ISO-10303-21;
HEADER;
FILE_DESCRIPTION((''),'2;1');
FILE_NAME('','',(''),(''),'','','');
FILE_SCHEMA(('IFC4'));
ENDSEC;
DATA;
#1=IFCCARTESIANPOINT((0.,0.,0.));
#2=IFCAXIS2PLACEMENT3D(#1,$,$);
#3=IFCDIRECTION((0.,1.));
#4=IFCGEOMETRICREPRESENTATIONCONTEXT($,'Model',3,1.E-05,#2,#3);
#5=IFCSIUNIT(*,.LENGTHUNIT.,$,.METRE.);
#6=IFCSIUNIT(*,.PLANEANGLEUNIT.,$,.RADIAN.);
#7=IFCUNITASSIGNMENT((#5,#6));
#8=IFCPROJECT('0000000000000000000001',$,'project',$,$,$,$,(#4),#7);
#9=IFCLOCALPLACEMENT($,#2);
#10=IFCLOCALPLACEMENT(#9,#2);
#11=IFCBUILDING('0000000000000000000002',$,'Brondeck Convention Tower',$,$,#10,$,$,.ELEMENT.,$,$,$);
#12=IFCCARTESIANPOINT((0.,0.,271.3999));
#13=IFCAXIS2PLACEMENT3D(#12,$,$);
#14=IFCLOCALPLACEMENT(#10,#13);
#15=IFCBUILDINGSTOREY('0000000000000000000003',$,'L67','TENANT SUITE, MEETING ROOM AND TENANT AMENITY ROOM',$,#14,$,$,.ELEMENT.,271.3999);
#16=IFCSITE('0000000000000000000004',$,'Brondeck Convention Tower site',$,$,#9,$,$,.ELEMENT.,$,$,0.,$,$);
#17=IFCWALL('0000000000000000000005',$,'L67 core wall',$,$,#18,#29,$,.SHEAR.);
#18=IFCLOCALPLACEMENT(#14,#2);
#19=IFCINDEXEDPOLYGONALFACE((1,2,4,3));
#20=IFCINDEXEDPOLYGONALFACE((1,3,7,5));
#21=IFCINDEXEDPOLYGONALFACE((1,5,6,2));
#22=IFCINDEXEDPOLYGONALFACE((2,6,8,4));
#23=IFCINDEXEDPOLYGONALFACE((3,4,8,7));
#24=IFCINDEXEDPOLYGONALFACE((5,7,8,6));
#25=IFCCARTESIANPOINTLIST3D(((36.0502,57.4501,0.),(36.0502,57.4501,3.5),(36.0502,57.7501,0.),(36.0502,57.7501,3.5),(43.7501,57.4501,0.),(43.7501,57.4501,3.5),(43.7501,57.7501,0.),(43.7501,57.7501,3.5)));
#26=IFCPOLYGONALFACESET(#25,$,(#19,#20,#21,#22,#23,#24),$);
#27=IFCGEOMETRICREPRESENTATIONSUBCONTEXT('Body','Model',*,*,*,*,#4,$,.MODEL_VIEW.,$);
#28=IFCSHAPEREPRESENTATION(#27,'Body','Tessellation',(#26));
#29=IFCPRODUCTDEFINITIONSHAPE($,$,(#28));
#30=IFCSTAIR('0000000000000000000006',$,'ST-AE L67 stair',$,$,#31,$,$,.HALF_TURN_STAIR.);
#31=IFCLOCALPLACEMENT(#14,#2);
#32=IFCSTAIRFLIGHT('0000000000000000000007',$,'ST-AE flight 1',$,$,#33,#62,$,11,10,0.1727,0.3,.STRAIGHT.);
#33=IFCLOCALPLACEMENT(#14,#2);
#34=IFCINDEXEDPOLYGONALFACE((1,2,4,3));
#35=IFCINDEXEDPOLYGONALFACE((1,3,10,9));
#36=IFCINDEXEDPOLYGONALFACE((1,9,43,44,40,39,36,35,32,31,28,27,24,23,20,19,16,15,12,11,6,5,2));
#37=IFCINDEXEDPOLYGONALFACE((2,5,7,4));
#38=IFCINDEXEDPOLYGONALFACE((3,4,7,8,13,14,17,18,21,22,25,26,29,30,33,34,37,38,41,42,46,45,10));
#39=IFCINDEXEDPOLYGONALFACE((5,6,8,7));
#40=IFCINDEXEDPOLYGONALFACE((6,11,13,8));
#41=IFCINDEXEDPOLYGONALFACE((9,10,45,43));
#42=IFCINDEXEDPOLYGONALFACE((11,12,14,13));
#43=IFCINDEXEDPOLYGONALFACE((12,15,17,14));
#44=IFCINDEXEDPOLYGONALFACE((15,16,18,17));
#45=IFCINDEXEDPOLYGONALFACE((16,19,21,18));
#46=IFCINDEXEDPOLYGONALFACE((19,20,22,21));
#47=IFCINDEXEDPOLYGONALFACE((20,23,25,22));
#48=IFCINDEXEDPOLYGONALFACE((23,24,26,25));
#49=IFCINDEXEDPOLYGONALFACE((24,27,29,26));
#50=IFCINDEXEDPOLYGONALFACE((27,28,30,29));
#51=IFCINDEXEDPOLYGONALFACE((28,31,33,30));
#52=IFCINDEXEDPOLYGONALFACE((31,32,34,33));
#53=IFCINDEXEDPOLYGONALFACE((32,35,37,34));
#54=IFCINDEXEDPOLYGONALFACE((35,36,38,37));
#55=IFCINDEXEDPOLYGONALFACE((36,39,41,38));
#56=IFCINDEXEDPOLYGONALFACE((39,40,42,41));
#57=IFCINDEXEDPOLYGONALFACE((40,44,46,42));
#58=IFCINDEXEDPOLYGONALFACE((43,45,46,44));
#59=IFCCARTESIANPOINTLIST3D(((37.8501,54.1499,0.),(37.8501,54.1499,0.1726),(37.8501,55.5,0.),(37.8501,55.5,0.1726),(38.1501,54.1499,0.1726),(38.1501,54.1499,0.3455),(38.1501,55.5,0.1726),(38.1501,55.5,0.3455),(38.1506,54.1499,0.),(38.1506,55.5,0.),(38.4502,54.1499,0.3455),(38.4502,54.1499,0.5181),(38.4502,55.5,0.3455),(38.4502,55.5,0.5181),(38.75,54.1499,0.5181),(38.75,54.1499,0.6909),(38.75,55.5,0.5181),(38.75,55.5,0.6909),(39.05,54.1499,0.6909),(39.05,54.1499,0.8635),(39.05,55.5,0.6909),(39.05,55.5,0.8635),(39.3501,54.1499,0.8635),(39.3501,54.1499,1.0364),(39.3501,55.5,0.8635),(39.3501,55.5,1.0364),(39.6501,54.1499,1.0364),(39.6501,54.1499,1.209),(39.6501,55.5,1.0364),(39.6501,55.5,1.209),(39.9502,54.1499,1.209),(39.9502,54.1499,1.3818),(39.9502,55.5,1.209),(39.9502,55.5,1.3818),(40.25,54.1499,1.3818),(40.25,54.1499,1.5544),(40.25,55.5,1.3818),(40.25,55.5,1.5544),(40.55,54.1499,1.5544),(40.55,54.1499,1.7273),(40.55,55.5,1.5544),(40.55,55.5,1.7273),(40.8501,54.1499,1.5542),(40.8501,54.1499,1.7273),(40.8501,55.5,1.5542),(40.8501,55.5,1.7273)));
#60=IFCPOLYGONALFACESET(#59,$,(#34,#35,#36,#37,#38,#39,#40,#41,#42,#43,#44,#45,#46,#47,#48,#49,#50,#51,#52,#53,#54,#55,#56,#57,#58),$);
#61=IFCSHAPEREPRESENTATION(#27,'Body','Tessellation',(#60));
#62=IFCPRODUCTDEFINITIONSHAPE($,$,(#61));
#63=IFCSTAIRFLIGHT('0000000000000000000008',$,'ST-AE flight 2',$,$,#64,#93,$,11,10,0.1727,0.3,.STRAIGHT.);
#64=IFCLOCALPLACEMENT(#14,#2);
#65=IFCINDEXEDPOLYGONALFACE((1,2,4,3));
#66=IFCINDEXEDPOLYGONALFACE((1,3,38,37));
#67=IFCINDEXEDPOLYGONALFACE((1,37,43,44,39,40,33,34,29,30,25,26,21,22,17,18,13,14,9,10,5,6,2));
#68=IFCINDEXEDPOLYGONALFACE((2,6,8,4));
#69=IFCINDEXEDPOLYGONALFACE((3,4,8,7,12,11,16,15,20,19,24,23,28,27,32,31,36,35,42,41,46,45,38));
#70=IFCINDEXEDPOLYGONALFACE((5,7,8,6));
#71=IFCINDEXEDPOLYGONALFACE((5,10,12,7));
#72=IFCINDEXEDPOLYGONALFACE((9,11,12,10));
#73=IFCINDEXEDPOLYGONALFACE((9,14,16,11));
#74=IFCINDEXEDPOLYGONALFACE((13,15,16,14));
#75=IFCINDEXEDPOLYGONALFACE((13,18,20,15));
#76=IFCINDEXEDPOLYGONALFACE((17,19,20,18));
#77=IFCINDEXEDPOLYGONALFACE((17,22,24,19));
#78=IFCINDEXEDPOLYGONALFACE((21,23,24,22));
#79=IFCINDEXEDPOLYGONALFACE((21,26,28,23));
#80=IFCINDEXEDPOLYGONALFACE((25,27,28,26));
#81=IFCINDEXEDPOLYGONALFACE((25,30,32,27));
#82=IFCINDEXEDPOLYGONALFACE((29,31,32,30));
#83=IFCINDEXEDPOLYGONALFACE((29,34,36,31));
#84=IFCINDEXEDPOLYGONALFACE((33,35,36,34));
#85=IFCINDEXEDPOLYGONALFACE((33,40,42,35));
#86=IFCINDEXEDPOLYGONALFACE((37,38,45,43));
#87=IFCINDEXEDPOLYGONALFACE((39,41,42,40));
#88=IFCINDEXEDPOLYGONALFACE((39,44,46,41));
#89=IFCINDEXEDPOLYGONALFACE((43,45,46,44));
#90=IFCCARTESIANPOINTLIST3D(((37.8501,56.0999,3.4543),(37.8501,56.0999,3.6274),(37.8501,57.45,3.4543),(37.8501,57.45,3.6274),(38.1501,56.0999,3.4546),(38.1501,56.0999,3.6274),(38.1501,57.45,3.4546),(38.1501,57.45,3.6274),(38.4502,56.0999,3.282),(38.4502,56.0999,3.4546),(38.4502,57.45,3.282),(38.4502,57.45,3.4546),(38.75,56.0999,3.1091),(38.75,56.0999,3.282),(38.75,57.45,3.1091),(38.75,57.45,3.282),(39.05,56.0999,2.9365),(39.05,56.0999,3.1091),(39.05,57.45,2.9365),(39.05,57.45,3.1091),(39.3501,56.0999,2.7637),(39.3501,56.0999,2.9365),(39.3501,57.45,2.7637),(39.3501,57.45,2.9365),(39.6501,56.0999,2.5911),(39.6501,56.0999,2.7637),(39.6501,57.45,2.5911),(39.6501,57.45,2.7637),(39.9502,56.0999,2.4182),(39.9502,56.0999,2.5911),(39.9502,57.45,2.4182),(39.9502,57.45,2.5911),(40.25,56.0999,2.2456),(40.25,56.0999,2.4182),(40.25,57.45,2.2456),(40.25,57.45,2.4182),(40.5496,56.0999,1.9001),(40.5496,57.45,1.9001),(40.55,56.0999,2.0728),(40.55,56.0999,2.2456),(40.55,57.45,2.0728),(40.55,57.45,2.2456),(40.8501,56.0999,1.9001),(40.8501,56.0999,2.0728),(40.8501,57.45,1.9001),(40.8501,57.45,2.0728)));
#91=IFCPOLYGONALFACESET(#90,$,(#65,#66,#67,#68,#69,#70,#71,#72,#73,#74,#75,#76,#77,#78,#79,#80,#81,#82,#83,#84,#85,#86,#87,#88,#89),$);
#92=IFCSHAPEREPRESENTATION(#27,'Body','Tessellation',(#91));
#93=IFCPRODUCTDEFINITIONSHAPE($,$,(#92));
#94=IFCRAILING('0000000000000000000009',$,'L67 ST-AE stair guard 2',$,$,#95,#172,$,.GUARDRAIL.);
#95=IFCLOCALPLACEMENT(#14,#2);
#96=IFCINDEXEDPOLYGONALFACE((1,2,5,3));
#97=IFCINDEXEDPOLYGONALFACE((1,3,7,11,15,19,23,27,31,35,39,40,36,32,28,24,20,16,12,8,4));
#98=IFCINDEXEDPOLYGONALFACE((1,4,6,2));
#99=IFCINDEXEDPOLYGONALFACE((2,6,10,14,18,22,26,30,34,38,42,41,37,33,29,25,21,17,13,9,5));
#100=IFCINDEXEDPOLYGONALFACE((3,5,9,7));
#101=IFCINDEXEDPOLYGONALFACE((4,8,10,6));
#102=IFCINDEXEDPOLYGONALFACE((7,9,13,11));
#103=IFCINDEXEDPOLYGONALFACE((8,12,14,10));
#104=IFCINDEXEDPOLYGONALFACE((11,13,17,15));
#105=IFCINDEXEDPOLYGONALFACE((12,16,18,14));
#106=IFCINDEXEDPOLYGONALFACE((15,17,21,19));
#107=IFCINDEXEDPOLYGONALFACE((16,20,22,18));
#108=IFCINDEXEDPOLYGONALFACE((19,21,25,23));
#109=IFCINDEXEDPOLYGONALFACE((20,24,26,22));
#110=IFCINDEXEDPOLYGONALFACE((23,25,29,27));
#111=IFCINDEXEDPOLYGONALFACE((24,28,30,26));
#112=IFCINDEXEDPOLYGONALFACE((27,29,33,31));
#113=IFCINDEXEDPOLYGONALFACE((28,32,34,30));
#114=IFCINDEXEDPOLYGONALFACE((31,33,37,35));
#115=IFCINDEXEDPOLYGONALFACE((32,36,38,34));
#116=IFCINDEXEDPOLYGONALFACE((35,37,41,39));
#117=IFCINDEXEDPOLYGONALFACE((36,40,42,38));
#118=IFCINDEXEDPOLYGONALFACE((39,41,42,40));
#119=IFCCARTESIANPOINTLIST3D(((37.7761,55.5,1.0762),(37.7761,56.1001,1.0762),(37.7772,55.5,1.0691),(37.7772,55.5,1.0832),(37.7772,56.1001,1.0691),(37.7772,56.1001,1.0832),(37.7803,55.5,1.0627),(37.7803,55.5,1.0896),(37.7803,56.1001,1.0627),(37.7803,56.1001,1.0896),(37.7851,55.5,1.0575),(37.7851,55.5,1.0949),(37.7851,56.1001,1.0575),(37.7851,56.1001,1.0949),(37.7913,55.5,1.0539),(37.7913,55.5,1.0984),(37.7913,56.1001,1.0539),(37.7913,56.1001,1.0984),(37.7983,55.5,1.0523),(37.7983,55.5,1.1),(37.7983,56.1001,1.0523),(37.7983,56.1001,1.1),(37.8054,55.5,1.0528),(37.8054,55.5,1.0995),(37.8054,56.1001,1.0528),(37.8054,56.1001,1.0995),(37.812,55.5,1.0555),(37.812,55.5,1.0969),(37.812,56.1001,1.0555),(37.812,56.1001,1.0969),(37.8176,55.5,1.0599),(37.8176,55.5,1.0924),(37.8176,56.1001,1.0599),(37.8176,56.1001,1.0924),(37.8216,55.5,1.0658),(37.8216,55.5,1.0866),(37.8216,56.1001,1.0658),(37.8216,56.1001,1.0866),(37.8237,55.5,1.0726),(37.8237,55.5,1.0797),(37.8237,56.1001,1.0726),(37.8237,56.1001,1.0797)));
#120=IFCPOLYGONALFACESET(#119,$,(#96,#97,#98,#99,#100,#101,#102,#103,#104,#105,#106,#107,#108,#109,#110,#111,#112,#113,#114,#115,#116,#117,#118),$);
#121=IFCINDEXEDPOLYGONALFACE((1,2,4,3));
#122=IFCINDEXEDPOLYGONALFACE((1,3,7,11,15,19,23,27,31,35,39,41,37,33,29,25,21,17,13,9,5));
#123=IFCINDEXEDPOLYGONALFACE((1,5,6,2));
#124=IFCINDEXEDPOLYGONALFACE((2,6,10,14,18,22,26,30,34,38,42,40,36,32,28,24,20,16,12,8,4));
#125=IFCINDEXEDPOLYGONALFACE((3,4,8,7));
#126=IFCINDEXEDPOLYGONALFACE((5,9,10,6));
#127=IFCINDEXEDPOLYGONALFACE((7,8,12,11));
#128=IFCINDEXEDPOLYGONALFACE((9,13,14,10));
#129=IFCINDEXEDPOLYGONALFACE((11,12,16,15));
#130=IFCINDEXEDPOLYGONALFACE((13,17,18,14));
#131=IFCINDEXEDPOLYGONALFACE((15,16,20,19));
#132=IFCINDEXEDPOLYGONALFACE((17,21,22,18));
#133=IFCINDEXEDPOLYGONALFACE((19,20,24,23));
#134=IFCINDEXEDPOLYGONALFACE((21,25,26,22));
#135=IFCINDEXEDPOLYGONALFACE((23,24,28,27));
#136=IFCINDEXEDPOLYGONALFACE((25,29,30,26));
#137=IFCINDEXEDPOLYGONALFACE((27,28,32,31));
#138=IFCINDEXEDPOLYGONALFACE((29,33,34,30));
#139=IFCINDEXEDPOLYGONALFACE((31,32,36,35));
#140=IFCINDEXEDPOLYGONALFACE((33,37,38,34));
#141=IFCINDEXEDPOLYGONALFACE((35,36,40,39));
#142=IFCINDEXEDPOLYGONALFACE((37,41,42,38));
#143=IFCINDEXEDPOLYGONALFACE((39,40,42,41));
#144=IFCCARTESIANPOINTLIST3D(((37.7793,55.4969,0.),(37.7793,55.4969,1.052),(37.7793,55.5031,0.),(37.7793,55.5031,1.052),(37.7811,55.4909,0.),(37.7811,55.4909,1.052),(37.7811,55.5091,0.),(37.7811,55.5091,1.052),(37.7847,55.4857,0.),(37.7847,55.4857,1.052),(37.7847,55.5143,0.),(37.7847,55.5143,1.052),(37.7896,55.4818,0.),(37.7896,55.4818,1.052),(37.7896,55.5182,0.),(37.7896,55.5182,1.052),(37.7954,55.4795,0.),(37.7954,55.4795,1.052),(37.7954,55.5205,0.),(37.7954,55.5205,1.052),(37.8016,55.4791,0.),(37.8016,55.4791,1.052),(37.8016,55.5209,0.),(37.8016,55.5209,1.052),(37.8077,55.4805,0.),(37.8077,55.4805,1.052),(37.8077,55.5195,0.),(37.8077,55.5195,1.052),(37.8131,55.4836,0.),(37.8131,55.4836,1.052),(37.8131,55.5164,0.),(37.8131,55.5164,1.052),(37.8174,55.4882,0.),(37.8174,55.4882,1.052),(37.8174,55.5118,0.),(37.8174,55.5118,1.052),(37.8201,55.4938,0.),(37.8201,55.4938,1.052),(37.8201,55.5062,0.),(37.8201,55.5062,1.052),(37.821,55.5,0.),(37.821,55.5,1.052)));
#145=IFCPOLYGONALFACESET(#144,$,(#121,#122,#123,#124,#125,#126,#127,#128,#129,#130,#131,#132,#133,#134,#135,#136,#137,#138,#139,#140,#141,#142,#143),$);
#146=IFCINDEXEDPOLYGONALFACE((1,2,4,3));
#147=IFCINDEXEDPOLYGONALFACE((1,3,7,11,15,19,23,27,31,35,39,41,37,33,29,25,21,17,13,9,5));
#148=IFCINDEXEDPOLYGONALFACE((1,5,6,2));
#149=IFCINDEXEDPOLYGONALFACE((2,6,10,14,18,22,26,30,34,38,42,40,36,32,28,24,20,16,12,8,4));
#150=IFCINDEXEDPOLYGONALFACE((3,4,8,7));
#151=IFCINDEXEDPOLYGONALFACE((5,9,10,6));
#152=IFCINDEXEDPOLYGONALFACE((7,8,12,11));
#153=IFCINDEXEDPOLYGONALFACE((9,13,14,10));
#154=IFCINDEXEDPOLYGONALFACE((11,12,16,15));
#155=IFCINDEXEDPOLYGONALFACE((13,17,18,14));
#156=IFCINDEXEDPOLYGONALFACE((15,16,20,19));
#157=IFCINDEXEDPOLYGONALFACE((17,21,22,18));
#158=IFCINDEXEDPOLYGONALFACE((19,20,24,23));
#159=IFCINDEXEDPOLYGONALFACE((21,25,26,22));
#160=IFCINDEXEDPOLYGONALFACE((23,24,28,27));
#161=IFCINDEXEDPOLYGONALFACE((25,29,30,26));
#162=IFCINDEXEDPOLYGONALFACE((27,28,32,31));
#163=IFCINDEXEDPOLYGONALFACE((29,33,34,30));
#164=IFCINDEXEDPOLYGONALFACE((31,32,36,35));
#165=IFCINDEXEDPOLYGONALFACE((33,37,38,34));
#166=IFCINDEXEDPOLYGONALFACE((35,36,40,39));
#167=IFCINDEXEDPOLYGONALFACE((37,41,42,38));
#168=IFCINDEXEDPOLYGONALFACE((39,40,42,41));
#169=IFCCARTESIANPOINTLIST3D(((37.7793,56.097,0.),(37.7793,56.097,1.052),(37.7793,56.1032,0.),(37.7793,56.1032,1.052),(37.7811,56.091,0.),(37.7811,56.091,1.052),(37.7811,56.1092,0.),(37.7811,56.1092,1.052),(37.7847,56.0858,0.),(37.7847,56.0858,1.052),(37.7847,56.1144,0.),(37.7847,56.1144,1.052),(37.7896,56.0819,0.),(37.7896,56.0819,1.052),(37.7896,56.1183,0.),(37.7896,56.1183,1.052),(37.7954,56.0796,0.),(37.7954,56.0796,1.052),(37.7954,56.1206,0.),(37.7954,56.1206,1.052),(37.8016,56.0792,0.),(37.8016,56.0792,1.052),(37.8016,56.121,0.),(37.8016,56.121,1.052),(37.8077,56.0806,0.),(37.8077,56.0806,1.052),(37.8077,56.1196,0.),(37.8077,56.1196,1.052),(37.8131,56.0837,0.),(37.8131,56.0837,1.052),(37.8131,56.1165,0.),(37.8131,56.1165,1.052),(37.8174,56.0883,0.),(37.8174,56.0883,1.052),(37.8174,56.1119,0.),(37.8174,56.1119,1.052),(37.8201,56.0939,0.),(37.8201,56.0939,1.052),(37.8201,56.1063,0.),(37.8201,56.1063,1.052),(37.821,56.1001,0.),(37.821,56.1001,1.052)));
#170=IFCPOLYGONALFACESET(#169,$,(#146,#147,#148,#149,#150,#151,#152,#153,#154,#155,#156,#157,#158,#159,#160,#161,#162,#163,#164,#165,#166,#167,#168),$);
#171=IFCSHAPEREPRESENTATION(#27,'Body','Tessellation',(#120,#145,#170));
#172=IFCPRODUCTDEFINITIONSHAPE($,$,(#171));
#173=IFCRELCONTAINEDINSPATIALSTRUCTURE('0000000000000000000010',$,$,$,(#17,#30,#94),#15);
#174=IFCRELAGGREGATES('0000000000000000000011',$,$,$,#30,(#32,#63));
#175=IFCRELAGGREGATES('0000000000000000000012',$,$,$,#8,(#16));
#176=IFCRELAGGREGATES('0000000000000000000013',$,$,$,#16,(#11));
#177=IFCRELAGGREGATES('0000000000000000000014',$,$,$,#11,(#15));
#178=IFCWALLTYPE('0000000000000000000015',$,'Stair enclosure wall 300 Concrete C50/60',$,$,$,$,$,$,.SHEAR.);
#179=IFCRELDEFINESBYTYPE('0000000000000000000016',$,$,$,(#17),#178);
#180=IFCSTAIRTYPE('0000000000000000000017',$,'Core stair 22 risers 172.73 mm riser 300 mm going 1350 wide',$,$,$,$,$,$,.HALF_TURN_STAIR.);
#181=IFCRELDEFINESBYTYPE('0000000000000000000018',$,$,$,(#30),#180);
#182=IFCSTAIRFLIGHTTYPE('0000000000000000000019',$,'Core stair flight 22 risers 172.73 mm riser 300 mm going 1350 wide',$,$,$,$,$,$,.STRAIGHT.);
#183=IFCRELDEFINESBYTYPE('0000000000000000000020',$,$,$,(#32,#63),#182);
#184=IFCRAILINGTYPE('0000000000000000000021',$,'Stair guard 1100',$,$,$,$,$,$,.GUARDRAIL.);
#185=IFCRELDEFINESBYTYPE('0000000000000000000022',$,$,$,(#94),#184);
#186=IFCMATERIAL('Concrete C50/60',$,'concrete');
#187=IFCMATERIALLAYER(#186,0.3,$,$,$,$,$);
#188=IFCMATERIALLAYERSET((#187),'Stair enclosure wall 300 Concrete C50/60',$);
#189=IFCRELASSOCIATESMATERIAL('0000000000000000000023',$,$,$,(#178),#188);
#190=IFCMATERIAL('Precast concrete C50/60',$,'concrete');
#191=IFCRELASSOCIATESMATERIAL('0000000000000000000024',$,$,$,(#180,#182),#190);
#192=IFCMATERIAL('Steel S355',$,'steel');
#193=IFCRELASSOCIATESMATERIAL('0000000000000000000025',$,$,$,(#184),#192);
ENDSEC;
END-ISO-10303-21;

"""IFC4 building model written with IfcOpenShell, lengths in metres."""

from ifc_helpers import new_model, si_unit, direction, frame, frame_2d, origin, origin_2d, place, context, subcontext, project, spatial, polyline, rectangle, circle, outline, extrude, material, layer, layer_set, type_object, element, aggregate, save


model = new_model("IFC4")

# Units and contexts
model_context = context("Model", 3, precision=1e-05, world=origin(), true_north=direction((0.0, 1.0)))
body_context = subcontext(model_context, "Body", "Model", "MODEL_VIEW")
ifc_project = project(units=[si_unit("LENGTHUNIT", "METRE"), si_unit("PLANEANGLEUNIT", "RADIAN")], contexts=[model_context])

# Site, building, storey
site_placement = place(None, origin())
site = spatial("IfcSite", under=ifc_project, at=site_placement, Name="Brondeck Convention Tower site", CompositionType="ELEMENT", RefElevation=0.0)
building_placement = place(site_placement, origin())
building = spatial("IfcBuilding", under=site, at=building_placement, Name="Brondeck Convention Tower", CompositionType="ELEMENT")
storey_placement = place(building_placement, frame((0.0, 0.0, 271.3999)))
storey = spatial("IfcBuildingStorey", under=building, at=storey_placement, Name="L67", Description="TENANT SUITE, MEETING ROOM AND TENANT AMENITY ROOM", CompositionType="ELEMENT", Elevation=271.3999)

# Shared definitions
ifc_material_1 = material(Name="Concrete C50/60", Category="concrete")

# Shared definitions
ifc_material_2 = material(Name="Steel S355", Category="steel")

# Wall
ifc_layer_1 = layer(ifc_material_1, 0.3)
ifc_layer_set_1 = layer_set([ifc_layer_1], Name="Stair enclosure wall 300 Concrete C50/60")
wall_type_1 = type_object("IfcWallType", Name="Stair enclosure wall 300 Concrete C50/60", PredefinedType="SHEAR", material=ifc_layer_set_1)
wall_1_placement = place(storey_placement, frame((36.05, 57.6001, 0.0), z_axis=(0.0, 0.0, 1.0), x_axis=(1.0, 0.0, 0.0)))
element("IfcWall", 1, at=wall_1_placement, inside=storey, type_object=wall_type_1, Name="L67 core wall", PredefinedType="SHEAR", context=body_context, shape_type="SweptSolid", body=[
    extrude(rectangle(XDim=7.7, YDim=0.3, at=frame_2d((3.8501, 0.0))), origin(), (0.0, 0.0, 1.0), 3.5),
])

# Stair, stair flights
ifc_material_3 = material(Name="Precast concrete C50/60", Category="concrete")
stair_type = type_object("IfcStairType", Name="Core stair 22 risers 172.73 mm riser 300 mm going 1350 wide", PredefinedType="HALF_TURN_STAIR", material=ifc_material_3)
stair_placement = place(storey_placement, origin())
stair = element("IfcStair", 2, at=stair_placement, inside=storey, type_object=stair_type, Name="ST-AE L67 stair", PredefinedType="HALF_TURN_STAIR")
stair_flight_type = type_object("IfcStairFlightType", Name="Core stair flight 22 risers 172.73 mm riser 300 mm going 1350 wide", PredefinedType="STRAIGHT", material=ifc_material_3)
stair_flight_1_placement = place(storey_placement, frame((37.8501, 54.825, 0.0), z_axis=(0.0, 0.0, 1.0), x_axis=(1.0, 0.0, 0.0)))
stair_flight_1 = element("IfcStairFlight", 3, at=stair_flight_1_placement, type_object=stair_flight_type, Name="ST-AE flight 1", NumberOfRisers=11, NumberOfTreads=10, PredefinedType="STRAIGHT", RiserHeight=0.1727, TreadLength=0.3, context=body_context, shape_type="SweptSolid", body=[
    extrude(outline(polyline([(0.0, 0.0), (0.0, 0.1726), (0.3, 0.1726), (0.3, 0.3455), (0.6001, 0.3455), (0.6001, 0.5181), (0.8999, 0.5181), (0.8999, 0.6909), (1.2, 0.6909), (1.2, 0.8635), (1.5, 0.8635), (1.5, 1.0364), (1.8, 1.0364), (1.8, 1.209), (2.1001, 1.209), (2.1001, 1.3818), (2.3999, 1.3818), (2.3999, 1.5544), (2.7, 1.5544), (2.7, 1.7273), (3.0, 1.7273), (3.0, 1.8999), (3.0, 1.5542), (0.3005, 0.0), (0.0, 0.0)])), frame((0.0, 0.675, 0.0), z_axis=(0.0, -1.0, 0.0), x_axis=(1.0, 0.0, 0.0)), (0.0, 0.0, 1.0), 1.3501),
])
stair_flight_2_placement = place(storey_placement, frame((40.8501, 56.7749, 1.9001), z_axis=(0.0, 0.0, 1.0), x_axis=(-1.0, 0.0, 0.0)))
stair_flight_2 = element("IfcStairFlight", 4, at=stair_flight_2_placement, type_object=stair_flight_type, Name="ST-AE flight 2", NumberOfRisers=11, NumberOfTreads=10, PredefinedType="STRAIGHT", RiserHeight=0.1727, TreadLength=0.3, context=body_context, shape_type="SweptSolid", body=[
    extrude(outline(polyline([(0.0, 0.0), (0.0, 0.1726), (0.3, 0.1726), (0.3, 0.3455), (0.6001, 0.3455), (0.6001, 0.5181), (0.8999, 0.5181), (0.8999, 0.6909), (1.2, 0.6909), (1.2, 0.8635), (1.5, 0.8635), (1.5, 1.0364), (1.8, 1.0364), (1.8, 1.209), (2.1001, 1.209), (2.1001, 1.3818), (2.3999, 1.3818), (2.3999, 1.5544), (2.7, 1.5544), (2.7, 1.7273), (3.0, 1.7273), (3.0, 1.8999), (3.0, 1.5542), (0.3005, 0.0), (0.0, 0.0)])), frame((0.0, 0.675, 0.0), z_axis=(0.0, -1.0, 0.0), x_axis=(1.0, 0.0, 0.0)), (0.0, 0.0, 1.0), 1.3501),
])
aggregate(stair, [stair_flight_1, stair_flight_2])

# Railing
railing_type_1 = type_object("IfcRailingType", Name="Stair guard 1100", PredefinedType="GUARDRAIL", material=ifc_material_2)
railing_1_placement = place(storey_placement, frame((37.8, 55.5, 0.0)))
element("IfcRailing", 5, at=railing_1_placement, inside=storey, type_object=railing_type_1, Name="L67 ST-AE stair guard 2", PredefinedType="GUARDRAIL", context=body_context, shape_type="SweptSolid", body=[
    extrude(circle(Radius=0.0239, at=origin_2d()), frame((0.0, 0.0, 1.0762), z_axis=(0.0, 1.0, 0.0), x_axis=(-1.0, 0.0, 0.0)), (0.0, 0.0, 1.0), 0.6001),
    extrude(circle(Radius=0.021, at=origin_2d()), origin(), (0.0, 0.0, 1.0), 1.052),
    extrude(circle(Radius=0.021, at=origin_2d()), frame((0.0, 0.6001, 0.0)), (0.0, 0.0, 1.0), 1.052),
])

save(model, "model.ifc")
